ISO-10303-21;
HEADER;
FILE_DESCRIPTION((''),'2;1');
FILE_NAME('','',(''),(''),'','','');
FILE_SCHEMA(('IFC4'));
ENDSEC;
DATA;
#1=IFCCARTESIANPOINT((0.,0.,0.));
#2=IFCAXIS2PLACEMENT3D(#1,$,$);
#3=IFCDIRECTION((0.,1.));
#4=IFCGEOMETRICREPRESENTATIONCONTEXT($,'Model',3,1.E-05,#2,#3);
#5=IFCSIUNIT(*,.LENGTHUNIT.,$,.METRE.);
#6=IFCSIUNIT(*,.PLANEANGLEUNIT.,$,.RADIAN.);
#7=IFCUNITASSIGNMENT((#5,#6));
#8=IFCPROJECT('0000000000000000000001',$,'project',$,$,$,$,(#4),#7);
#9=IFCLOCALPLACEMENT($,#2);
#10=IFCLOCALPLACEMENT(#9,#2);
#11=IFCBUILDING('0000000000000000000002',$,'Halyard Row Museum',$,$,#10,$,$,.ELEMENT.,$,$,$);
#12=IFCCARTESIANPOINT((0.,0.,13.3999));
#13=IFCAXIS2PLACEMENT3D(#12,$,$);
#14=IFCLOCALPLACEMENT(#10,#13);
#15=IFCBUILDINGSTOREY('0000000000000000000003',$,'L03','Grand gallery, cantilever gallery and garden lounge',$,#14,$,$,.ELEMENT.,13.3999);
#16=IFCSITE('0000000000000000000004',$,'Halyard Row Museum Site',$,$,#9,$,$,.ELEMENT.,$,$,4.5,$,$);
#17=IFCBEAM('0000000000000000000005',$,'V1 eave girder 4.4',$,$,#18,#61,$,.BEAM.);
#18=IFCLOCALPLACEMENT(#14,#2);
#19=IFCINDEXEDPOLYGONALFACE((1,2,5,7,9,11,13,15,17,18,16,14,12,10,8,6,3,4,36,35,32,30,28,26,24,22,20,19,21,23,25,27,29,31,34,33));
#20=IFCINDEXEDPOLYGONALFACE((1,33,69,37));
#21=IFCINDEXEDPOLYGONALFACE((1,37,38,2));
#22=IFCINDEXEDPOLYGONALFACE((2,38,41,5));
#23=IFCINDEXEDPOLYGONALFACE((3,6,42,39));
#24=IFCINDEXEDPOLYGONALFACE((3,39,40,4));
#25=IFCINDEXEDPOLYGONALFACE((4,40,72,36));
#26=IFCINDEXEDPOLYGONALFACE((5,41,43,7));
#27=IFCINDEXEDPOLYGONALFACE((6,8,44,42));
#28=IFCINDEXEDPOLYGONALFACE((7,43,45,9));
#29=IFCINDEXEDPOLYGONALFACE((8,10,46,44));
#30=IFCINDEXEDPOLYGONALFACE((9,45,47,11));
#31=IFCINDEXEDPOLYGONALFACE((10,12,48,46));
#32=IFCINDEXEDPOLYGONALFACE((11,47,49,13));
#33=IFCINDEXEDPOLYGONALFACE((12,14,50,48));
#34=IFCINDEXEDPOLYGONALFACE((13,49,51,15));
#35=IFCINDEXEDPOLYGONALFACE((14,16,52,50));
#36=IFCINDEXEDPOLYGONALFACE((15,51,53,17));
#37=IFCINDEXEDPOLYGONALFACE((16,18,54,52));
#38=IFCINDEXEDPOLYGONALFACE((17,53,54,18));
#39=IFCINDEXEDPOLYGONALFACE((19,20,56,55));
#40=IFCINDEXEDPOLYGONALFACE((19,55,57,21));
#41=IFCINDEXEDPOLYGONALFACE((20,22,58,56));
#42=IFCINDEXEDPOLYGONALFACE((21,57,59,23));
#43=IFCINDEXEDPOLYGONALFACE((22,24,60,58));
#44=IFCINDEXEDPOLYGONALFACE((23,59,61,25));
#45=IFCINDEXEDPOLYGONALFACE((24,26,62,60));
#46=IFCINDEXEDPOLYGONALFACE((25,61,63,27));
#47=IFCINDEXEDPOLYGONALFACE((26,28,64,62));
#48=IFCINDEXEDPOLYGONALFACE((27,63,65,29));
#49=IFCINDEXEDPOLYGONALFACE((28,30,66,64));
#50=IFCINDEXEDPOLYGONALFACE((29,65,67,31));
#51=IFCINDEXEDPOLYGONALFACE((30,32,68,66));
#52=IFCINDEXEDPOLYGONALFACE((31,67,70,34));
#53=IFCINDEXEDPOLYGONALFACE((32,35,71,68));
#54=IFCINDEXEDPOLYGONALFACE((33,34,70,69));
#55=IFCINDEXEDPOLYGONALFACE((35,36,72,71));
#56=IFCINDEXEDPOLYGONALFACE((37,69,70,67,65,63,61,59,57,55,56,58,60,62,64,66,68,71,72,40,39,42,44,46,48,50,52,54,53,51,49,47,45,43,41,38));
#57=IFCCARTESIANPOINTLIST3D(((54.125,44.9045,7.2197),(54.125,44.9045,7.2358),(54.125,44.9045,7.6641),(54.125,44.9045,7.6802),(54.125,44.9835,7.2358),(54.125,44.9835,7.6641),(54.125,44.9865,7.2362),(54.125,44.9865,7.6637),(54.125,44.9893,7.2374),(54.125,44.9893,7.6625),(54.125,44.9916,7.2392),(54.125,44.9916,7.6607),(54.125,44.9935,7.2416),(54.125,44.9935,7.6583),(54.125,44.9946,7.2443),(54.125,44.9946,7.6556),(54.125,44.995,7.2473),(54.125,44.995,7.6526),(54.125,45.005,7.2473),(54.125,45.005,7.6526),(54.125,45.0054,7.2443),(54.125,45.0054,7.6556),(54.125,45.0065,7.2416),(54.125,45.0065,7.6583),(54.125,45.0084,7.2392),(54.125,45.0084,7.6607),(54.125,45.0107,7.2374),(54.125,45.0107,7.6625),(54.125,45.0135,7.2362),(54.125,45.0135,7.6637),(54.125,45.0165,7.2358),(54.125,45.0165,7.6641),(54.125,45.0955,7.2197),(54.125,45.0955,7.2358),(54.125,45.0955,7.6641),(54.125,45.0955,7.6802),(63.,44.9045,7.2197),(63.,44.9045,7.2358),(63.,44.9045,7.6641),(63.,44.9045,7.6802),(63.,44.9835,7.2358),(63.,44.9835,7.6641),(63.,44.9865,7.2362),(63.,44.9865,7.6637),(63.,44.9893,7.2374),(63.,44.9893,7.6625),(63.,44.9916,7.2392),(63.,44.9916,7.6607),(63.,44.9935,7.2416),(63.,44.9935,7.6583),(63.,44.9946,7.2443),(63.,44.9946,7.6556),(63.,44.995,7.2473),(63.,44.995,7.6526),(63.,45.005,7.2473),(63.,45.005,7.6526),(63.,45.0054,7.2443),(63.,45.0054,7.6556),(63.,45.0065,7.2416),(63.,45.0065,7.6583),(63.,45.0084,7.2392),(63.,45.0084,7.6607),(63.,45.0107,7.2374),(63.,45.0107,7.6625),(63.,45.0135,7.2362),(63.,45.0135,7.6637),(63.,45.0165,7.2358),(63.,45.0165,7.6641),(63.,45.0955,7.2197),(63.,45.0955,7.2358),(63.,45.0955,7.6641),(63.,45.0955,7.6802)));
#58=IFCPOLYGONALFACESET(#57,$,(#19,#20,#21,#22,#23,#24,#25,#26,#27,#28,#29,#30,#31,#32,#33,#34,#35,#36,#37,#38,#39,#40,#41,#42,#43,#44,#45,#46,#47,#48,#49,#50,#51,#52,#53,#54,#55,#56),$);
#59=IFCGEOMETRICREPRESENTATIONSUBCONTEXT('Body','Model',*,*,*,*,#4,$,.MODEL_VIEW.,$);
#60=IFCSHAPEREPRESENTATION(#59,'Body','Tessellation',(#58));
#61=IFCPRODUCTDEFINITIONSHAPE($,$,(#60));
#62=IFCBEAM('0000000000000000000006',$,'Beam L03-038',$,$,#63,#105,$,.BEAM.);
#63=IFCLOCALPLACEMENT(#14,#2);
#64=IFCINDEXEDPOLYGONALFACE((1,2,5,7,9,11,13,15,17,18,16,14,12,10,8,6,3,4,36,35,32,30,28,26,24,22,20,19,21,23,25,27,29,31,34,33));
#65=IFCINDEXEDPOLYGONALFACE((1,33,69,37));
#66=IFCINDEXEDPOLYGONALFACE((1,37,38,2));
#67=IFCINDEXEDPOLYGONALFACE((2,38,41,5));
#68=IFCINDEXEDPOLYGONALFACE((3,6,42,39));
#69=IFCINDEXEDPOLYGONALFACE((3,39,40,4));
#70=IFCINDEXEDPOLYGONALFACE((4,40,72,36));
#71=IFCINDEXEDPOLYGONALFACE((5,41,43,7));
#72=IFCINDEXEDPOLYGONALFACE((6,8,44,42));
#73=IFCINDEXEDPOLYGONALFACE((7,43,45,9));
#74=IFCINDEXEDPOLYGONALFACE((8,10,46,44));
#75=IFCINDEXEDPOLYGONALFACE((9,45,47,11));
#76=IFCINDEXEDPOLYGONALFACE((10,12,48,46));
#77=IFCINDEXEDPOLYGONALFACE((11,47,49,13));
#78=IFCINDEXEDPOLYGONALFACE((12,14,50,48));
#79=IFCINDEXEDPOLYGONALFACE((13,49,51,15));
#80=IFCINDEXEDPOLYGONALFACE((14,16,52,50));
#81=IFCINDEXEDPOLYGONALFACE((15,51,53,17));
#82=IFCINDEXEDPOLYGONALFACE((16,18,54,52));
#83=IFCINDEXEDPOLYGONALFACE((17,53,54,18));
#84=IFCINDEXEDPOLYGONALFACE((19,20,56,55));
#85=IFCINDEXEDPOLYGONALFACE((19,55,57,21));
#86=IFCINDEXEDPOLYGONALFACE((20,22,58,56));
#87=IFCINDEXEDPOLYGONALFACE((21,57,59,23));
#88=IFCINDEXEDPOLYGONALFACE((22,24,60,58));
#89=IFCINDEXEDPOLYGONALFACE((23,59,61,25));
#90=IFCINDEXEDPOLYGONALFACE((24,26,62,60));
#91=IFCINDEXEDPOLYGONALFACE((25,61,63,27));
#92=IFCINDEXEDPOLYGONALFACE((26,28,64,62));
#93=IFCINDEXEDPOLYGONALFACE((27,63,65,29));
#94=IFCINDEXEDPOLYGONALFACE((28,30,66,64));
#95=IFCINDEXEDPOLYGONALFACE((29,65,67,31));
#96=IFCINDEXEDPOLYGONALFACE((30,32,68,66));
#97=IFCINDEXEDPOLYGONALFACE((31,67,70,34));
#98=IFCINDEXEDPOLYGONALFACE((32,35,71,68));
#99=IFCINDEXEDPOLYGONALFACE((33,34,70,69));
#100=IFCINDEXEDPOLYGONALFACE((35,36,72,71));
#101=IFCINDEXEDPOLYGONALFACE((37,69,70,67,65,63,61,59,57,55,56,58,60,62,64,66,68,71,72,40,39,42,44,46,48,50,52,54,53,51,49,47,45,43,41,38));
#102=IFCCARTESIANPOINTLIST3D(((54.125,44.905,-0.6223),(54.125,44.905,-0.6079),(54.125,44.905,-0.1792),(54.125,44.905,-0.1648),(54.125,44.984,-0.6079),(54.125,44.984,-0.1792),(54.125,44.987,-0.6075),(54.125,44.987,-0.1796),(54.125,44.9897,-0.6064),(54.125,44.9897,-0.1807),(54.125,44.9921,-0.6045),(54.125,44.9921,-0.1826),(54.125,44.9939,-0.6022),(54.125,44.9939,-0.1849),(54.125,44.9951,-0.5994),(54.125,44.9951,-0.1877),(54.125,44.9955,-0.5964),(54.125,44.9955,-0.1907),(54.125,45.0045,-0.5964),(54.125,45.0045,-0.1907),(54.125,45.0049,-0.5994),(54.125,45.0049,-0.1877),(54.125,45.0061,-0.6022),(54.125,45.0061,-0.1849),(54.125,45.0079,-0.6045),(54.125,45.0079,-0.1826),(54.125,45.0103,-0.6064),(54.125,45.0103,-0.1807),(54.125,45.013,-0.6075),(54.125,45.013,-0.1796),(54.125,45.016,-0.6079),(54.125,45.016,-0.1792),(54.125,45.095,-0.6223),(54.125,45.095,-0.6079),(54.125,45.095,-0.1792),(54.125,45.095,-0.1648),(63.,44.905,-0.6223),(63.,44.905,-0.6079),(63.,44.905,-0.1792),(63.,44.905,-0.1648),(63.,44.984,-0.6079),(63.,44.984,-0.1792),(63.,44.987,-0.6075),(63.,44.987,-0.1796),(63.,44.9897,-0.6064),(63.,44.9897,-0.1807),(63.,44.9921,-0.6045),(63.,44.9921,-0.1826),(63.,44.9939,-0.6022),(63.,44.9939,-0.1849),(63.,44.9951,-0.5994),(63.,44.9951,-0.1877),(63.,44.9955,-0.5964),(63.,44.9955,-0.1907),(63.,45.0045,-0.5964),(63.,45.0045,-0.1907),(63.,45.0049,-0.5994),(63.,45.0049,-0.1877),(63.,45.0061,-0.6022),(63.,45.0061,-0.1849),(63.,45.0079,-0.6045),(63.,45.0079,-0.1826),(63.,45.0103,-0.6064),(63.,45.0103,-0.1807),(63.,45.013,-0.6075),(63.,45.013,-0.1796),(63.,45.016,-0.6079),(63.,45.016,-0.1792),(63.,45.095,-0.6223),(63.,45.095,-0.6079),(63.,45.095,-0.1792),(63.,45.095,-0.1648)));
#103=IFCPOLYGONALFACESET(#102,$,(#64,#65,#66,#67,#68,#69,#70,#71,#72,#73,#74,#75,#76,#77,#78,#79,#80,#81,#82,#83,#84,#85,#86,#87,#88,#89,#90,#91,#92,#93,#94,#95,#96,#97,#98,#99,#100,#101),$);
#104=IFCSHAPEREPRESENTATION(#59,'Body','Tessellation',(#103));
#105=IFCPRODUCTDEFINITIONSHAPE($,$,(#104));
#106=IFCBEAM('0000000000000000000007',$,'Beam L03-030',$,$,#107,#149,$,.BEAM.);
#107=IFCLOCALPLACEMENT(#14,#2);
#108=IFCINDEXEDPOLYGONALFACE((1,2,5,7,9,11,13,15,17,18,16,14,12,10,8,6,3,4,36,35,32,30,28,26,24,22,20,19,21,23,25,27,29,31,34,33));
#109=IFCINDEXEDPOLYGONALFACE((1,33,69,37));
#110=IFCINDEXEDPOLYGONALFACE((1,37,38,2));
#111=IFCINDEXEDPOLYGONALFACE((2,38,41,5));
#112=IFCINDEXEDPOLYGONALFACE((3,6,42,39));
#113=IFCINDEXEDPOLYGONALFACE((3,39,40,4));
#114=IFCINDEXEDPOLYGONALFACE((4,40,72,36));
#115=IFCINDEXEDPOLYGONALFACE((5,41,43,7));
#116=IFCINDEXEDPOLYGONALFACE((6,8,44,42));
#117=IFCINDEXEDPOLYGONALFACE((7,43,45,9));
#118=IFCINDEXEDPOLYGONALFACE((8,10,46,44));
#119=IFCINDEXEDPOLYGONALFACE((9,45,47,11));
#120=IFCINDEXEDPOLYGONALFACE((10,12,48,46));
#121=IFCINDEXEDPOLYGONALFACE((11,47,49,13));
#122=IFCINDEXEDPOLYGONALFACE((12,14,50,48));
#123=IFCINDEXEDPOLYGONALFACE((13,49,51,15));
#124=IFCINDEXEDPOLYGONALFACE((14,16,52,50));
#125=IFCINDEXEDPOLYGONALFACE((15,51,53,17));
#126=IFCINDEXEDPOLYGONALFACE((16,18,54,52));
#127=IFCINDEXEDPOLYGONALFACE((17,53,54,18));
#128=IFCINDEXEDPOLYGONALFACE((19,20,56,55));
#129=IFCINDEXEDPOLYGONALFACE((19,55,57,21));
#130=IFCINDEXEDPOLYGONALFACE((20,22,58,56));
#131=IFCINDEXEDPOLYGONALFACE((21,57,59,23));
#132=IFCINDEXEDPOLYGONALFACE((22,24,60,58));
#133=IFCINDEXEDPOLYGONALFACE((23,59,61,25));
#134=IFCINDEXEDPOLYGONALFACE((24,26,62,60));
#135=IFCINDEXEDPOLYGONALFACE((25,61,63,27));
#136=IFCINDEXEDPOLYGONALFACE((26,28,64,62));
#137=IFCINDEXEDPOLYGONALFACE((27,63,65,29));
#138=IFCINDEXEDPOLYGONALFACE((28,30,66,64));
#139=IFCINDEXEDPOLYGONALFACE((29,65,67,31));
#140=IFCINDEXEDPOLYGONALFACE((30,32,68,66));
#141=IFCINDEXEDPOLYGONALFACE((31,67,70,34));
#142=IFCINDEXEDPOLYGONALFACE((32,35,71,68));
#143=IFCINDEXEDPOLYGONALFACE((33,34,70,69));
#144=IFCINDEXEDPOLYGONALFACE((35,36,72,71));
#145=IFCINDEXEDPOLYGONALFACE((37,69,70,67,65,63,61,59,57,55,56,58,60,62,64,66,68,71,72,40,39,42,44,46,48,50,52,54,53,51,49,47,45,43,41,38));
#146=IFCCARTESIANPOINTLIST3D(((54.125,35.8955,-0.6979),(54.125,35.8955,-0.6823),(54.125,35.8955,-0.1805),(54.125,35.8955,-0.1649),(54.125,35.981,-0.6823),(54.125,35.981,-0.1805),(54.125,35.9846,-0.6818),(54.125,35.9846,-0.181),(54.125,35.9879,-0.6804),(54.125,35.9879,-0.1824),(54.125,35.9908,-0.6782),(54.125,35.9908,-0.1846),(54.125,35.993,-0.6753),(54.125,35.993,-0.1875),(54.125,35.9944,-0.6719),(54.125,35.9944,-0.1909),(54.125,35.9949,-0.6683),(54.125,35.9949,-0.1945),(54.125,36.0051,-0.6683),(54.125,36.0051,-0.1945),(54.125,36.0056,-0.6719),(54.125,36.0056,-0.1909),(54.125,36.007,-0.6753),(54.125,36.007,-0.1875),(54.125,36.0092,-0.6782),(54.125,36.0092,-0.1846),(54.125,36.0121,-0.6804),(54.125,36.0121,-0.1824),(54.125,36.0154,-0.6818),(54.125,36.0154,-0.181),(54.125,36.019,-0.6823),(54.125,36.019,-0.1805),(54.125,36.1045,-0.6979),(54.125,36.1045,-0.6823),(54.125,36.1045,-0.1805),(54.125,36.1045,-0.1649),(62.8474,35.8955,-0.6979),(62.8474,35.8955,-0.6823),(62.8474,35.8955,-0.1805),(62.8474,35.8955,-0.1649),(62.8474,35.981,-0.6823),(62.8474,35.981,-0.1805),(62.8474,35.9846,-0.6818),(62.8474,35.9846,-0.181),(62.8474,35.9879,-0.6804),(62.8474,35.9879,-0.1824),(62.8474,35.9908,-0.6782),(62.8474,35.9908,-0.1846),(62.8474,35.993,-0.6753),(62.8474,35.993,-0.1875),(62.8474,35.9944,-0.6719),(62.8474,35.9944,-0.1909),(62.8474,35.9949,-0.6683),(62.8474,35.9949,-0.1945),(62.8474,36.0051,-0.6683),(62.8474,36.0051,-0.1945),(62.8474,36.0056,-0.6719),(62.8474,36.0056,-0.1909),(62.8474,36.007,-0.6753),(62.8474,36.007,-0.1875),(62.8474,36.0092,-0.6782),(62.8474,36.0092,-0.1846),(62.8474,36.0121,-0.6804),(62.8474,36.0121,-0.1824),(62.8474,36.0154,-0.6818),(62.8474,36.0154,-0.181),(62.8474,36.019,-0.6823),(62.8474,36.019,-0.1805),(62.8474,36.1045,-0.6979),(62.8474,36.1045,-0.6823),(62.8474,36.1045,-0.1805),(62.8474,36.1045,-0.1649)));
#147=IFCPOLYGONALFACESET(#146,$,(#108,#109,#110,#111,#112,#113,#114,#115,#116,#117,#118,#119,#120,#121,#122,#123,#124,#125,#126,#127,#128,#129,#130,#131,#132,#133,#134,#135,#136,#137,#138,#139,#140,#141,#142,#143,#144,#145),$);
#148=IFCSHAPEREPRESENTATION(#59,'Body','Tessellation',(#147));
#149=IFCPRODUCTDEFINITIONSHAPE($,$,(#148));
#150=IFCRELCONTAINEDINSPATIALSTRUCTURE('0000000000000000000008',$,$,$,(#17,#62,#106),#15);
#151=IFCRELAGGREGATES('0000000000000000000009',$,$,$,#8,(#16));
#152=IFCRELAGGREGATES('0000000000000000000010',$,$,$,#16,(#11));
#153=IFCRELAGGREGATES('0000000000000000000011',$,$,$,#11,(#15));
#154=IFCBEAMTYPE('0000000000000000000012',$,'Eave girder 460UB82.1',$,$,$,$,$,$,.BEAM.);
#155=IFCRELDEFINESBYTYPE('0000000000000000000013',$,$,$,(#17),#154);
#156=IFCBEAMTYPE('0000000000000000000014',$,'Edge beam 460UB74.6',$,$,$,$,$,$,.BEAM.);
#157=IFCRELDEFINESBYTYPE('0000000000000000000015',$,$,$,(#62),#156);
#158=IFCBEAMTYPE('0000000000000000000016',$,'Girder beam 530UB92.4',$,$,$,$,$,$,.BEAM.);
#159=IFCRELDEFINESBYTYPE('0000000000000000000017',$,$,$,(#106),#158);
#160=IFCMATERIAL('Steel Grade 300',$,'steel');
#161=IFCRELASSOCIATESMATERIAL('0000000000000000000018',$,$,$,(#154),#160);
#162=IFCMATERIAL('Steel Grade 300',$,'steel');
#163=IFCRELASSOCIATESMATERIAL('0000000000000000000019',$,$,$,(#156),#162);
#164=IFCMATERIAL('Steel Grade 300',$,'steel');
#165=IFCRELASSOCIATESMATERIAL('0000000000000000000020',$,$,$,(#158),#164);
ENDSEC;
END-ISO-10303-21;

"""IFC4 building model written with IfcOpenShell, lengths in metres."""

from ifc_helpers import new_model, si_unit, direction, frame, origin, origin_2d, place, context, subcontext, project, spatial, i_section, extrude, material, material_profile, profile_set, type_object, element, save


model = new_model("IFC4")

# Units and contexts
model_context = context("Model", 3, precision=1e-05, world=origin(), true_north=direction((0.0, 1.0)))
body_context = subcontext(model_context, "Body", "Model", "MODEL_VIEW")
ifc_project = project(units=[si_unit("LENGTHUNIT", "METRE"), si_unit("PLANEANGLEUNIT", "RADIAN")], contexts=[model_context])

# Site, building, storey
site_placement = place(None, origin())
site = spatial("IfcSite", under=ifc_project, at=site_placement, Name="Halyard Row Museum Site", CompositionType="ELEMENT", RefElevation=4.5)
building_placement = place(site_placement, origin())
building = spatial("IfcBuilding", under=site, at=building_placement, Name="Halyard Row Museum", CompositionType="ELEMENT")
storey_placement = place(building_placement, frame((0.0, 0.0, 13.3999)))
storey = spatial("IfcBuildingStorey", under=building, at=storey_placement, Name="L03", Description="Grand gallery, cantilever gallery and garden lounge", CompositionType="ELEMENT", Elevation=13.3999)

# Beams
ifc_material_1 = material(Name="Steel Grade 300", Category="steel")
ifc_material_profile_1 = material_profile(ifc_material_1, i_section(OverallWidth=0.1909, OverallDepth=0.4604, WebThickness=0.01, FlangeThickness=0.0161, FilletRadius=0.0115, at=origin_2d()), Name="460UB82.1")
ifc_profile_set_1 = profile_set([ifc_material_profile_1], Name="Steel Grade 300")
beam_type_1 = type_object("IfcBeamType", Name="Eave girder 460UB82.1", PredefinedType="BEAM", material=ifc_profile_set_1)
beam_1_placement = place(storey_placement, frame((54.125, 45.0, 7.45), z_axis=(1.0, 0.0, 0.0), x_axis=(0.0, 1.0, 0.0)))
element("IfcBeam", 1, at=beam_1_placement, inside=storey, type_object=beam_type_1, Name="V1 eave girder 4.4", PredefinedType="BEAM", context=body_context, shape_type="SweptSolid", body=[
    extrude(i_section(OverallWidth=0.1909, OverallDepth=0.4604, WebThickness=0.01, FlangeThickness=0.0161, FilletRadius=0.0115, at=origin_2d()), origin(), (0.0, 0.0, 1.0), 8.875),
])
ifc_material_2 = material(Name="Steel Grade 300", Category="steel")
ifc_material_profile_2 = material_profile(ifc_material_2, i_section(OverallWidth=0.1899, OverallDepth=0.4575, WebThickness=0.009, FlangeThickness=0.0144, FilletRadius=0.0115, at=origin_2d()), Name="460UB74.6")
ifc_profile_set_2 = profile_set([ifc_material_profile_2], Name="Steel Grade 300")
beam_type_2 = type_object("IfcBeamType", Name="Edge beam 460UB74.6", PredefinedType="BEAM", material=ifc_profile_set_2)
beam_2_placement = place(storey_placement, frame((54.125, 45.0, -0.3936), z_axis=(1.0, 0.0, 0.0), x_axis=(0.0, 1.0, 0.0)))
element("IfcBeam", 2, at=beam_2_placement, inside=storey, type_object=beam_type_2, Name="Beam L03-038", PredefinedType="BEAM", context=body_context, shape_type="SweptSolid", body=[
    extrude(i_section(OverallWidth=0.1899, OverallDepth=0.4575, WebThickness=0.009, FlangeThickness=0.0144, FilletRadius=0.0115, at=origin_2d()), origin(), (0.0, 0.0, 1.0), 8.875),
])
ifc_material_3 = material(Name="Steel Grade 300", Category="steel")
ifc_material_profile_3 = material_profile(ifc_material_3, i_section(OverallWidth=0.209, OverallDepth=0.533, WebThickness=0.0103, FlangeThickness=0.0156, FilletRadius=0.0139, at=origin_2d()), Name="530UB92.4")
ifc_profile_set_3 = profile_set([ifc_material_profile_3], Name="Steel Grade 300")
beam_type_3 = type_object("IfcBeamType", Name="Girder beam 530UB92.4", PredefinedType="BEAM", material=ifc_profile_set_3)
beam_3_placement = place(storey_placement, frame((54.125, 36.0, -0.4314), z_axis=(1.0, 0.0, 0.0), x_axis=(0.0, 1.0, 0.0)))
element("IfcBeam", 3, at=beam_3_placement, inside=storey, type_object=beam_type_3, Name="Beam L03-030", PredefinedType="BEAM", context=body_context, shape_type="SweptSolid", body=[
    extrude(i_section(OverallWidth=0.209, OverallDepth=0.533, WebThickness=0.0103, FlangeThickness=0.0156, FilletRadius=0.0139, at=origin_2d()), origin(), (0.0, 0.0, 1.0), 8.7224),
])

save(model, "model.ifc")
